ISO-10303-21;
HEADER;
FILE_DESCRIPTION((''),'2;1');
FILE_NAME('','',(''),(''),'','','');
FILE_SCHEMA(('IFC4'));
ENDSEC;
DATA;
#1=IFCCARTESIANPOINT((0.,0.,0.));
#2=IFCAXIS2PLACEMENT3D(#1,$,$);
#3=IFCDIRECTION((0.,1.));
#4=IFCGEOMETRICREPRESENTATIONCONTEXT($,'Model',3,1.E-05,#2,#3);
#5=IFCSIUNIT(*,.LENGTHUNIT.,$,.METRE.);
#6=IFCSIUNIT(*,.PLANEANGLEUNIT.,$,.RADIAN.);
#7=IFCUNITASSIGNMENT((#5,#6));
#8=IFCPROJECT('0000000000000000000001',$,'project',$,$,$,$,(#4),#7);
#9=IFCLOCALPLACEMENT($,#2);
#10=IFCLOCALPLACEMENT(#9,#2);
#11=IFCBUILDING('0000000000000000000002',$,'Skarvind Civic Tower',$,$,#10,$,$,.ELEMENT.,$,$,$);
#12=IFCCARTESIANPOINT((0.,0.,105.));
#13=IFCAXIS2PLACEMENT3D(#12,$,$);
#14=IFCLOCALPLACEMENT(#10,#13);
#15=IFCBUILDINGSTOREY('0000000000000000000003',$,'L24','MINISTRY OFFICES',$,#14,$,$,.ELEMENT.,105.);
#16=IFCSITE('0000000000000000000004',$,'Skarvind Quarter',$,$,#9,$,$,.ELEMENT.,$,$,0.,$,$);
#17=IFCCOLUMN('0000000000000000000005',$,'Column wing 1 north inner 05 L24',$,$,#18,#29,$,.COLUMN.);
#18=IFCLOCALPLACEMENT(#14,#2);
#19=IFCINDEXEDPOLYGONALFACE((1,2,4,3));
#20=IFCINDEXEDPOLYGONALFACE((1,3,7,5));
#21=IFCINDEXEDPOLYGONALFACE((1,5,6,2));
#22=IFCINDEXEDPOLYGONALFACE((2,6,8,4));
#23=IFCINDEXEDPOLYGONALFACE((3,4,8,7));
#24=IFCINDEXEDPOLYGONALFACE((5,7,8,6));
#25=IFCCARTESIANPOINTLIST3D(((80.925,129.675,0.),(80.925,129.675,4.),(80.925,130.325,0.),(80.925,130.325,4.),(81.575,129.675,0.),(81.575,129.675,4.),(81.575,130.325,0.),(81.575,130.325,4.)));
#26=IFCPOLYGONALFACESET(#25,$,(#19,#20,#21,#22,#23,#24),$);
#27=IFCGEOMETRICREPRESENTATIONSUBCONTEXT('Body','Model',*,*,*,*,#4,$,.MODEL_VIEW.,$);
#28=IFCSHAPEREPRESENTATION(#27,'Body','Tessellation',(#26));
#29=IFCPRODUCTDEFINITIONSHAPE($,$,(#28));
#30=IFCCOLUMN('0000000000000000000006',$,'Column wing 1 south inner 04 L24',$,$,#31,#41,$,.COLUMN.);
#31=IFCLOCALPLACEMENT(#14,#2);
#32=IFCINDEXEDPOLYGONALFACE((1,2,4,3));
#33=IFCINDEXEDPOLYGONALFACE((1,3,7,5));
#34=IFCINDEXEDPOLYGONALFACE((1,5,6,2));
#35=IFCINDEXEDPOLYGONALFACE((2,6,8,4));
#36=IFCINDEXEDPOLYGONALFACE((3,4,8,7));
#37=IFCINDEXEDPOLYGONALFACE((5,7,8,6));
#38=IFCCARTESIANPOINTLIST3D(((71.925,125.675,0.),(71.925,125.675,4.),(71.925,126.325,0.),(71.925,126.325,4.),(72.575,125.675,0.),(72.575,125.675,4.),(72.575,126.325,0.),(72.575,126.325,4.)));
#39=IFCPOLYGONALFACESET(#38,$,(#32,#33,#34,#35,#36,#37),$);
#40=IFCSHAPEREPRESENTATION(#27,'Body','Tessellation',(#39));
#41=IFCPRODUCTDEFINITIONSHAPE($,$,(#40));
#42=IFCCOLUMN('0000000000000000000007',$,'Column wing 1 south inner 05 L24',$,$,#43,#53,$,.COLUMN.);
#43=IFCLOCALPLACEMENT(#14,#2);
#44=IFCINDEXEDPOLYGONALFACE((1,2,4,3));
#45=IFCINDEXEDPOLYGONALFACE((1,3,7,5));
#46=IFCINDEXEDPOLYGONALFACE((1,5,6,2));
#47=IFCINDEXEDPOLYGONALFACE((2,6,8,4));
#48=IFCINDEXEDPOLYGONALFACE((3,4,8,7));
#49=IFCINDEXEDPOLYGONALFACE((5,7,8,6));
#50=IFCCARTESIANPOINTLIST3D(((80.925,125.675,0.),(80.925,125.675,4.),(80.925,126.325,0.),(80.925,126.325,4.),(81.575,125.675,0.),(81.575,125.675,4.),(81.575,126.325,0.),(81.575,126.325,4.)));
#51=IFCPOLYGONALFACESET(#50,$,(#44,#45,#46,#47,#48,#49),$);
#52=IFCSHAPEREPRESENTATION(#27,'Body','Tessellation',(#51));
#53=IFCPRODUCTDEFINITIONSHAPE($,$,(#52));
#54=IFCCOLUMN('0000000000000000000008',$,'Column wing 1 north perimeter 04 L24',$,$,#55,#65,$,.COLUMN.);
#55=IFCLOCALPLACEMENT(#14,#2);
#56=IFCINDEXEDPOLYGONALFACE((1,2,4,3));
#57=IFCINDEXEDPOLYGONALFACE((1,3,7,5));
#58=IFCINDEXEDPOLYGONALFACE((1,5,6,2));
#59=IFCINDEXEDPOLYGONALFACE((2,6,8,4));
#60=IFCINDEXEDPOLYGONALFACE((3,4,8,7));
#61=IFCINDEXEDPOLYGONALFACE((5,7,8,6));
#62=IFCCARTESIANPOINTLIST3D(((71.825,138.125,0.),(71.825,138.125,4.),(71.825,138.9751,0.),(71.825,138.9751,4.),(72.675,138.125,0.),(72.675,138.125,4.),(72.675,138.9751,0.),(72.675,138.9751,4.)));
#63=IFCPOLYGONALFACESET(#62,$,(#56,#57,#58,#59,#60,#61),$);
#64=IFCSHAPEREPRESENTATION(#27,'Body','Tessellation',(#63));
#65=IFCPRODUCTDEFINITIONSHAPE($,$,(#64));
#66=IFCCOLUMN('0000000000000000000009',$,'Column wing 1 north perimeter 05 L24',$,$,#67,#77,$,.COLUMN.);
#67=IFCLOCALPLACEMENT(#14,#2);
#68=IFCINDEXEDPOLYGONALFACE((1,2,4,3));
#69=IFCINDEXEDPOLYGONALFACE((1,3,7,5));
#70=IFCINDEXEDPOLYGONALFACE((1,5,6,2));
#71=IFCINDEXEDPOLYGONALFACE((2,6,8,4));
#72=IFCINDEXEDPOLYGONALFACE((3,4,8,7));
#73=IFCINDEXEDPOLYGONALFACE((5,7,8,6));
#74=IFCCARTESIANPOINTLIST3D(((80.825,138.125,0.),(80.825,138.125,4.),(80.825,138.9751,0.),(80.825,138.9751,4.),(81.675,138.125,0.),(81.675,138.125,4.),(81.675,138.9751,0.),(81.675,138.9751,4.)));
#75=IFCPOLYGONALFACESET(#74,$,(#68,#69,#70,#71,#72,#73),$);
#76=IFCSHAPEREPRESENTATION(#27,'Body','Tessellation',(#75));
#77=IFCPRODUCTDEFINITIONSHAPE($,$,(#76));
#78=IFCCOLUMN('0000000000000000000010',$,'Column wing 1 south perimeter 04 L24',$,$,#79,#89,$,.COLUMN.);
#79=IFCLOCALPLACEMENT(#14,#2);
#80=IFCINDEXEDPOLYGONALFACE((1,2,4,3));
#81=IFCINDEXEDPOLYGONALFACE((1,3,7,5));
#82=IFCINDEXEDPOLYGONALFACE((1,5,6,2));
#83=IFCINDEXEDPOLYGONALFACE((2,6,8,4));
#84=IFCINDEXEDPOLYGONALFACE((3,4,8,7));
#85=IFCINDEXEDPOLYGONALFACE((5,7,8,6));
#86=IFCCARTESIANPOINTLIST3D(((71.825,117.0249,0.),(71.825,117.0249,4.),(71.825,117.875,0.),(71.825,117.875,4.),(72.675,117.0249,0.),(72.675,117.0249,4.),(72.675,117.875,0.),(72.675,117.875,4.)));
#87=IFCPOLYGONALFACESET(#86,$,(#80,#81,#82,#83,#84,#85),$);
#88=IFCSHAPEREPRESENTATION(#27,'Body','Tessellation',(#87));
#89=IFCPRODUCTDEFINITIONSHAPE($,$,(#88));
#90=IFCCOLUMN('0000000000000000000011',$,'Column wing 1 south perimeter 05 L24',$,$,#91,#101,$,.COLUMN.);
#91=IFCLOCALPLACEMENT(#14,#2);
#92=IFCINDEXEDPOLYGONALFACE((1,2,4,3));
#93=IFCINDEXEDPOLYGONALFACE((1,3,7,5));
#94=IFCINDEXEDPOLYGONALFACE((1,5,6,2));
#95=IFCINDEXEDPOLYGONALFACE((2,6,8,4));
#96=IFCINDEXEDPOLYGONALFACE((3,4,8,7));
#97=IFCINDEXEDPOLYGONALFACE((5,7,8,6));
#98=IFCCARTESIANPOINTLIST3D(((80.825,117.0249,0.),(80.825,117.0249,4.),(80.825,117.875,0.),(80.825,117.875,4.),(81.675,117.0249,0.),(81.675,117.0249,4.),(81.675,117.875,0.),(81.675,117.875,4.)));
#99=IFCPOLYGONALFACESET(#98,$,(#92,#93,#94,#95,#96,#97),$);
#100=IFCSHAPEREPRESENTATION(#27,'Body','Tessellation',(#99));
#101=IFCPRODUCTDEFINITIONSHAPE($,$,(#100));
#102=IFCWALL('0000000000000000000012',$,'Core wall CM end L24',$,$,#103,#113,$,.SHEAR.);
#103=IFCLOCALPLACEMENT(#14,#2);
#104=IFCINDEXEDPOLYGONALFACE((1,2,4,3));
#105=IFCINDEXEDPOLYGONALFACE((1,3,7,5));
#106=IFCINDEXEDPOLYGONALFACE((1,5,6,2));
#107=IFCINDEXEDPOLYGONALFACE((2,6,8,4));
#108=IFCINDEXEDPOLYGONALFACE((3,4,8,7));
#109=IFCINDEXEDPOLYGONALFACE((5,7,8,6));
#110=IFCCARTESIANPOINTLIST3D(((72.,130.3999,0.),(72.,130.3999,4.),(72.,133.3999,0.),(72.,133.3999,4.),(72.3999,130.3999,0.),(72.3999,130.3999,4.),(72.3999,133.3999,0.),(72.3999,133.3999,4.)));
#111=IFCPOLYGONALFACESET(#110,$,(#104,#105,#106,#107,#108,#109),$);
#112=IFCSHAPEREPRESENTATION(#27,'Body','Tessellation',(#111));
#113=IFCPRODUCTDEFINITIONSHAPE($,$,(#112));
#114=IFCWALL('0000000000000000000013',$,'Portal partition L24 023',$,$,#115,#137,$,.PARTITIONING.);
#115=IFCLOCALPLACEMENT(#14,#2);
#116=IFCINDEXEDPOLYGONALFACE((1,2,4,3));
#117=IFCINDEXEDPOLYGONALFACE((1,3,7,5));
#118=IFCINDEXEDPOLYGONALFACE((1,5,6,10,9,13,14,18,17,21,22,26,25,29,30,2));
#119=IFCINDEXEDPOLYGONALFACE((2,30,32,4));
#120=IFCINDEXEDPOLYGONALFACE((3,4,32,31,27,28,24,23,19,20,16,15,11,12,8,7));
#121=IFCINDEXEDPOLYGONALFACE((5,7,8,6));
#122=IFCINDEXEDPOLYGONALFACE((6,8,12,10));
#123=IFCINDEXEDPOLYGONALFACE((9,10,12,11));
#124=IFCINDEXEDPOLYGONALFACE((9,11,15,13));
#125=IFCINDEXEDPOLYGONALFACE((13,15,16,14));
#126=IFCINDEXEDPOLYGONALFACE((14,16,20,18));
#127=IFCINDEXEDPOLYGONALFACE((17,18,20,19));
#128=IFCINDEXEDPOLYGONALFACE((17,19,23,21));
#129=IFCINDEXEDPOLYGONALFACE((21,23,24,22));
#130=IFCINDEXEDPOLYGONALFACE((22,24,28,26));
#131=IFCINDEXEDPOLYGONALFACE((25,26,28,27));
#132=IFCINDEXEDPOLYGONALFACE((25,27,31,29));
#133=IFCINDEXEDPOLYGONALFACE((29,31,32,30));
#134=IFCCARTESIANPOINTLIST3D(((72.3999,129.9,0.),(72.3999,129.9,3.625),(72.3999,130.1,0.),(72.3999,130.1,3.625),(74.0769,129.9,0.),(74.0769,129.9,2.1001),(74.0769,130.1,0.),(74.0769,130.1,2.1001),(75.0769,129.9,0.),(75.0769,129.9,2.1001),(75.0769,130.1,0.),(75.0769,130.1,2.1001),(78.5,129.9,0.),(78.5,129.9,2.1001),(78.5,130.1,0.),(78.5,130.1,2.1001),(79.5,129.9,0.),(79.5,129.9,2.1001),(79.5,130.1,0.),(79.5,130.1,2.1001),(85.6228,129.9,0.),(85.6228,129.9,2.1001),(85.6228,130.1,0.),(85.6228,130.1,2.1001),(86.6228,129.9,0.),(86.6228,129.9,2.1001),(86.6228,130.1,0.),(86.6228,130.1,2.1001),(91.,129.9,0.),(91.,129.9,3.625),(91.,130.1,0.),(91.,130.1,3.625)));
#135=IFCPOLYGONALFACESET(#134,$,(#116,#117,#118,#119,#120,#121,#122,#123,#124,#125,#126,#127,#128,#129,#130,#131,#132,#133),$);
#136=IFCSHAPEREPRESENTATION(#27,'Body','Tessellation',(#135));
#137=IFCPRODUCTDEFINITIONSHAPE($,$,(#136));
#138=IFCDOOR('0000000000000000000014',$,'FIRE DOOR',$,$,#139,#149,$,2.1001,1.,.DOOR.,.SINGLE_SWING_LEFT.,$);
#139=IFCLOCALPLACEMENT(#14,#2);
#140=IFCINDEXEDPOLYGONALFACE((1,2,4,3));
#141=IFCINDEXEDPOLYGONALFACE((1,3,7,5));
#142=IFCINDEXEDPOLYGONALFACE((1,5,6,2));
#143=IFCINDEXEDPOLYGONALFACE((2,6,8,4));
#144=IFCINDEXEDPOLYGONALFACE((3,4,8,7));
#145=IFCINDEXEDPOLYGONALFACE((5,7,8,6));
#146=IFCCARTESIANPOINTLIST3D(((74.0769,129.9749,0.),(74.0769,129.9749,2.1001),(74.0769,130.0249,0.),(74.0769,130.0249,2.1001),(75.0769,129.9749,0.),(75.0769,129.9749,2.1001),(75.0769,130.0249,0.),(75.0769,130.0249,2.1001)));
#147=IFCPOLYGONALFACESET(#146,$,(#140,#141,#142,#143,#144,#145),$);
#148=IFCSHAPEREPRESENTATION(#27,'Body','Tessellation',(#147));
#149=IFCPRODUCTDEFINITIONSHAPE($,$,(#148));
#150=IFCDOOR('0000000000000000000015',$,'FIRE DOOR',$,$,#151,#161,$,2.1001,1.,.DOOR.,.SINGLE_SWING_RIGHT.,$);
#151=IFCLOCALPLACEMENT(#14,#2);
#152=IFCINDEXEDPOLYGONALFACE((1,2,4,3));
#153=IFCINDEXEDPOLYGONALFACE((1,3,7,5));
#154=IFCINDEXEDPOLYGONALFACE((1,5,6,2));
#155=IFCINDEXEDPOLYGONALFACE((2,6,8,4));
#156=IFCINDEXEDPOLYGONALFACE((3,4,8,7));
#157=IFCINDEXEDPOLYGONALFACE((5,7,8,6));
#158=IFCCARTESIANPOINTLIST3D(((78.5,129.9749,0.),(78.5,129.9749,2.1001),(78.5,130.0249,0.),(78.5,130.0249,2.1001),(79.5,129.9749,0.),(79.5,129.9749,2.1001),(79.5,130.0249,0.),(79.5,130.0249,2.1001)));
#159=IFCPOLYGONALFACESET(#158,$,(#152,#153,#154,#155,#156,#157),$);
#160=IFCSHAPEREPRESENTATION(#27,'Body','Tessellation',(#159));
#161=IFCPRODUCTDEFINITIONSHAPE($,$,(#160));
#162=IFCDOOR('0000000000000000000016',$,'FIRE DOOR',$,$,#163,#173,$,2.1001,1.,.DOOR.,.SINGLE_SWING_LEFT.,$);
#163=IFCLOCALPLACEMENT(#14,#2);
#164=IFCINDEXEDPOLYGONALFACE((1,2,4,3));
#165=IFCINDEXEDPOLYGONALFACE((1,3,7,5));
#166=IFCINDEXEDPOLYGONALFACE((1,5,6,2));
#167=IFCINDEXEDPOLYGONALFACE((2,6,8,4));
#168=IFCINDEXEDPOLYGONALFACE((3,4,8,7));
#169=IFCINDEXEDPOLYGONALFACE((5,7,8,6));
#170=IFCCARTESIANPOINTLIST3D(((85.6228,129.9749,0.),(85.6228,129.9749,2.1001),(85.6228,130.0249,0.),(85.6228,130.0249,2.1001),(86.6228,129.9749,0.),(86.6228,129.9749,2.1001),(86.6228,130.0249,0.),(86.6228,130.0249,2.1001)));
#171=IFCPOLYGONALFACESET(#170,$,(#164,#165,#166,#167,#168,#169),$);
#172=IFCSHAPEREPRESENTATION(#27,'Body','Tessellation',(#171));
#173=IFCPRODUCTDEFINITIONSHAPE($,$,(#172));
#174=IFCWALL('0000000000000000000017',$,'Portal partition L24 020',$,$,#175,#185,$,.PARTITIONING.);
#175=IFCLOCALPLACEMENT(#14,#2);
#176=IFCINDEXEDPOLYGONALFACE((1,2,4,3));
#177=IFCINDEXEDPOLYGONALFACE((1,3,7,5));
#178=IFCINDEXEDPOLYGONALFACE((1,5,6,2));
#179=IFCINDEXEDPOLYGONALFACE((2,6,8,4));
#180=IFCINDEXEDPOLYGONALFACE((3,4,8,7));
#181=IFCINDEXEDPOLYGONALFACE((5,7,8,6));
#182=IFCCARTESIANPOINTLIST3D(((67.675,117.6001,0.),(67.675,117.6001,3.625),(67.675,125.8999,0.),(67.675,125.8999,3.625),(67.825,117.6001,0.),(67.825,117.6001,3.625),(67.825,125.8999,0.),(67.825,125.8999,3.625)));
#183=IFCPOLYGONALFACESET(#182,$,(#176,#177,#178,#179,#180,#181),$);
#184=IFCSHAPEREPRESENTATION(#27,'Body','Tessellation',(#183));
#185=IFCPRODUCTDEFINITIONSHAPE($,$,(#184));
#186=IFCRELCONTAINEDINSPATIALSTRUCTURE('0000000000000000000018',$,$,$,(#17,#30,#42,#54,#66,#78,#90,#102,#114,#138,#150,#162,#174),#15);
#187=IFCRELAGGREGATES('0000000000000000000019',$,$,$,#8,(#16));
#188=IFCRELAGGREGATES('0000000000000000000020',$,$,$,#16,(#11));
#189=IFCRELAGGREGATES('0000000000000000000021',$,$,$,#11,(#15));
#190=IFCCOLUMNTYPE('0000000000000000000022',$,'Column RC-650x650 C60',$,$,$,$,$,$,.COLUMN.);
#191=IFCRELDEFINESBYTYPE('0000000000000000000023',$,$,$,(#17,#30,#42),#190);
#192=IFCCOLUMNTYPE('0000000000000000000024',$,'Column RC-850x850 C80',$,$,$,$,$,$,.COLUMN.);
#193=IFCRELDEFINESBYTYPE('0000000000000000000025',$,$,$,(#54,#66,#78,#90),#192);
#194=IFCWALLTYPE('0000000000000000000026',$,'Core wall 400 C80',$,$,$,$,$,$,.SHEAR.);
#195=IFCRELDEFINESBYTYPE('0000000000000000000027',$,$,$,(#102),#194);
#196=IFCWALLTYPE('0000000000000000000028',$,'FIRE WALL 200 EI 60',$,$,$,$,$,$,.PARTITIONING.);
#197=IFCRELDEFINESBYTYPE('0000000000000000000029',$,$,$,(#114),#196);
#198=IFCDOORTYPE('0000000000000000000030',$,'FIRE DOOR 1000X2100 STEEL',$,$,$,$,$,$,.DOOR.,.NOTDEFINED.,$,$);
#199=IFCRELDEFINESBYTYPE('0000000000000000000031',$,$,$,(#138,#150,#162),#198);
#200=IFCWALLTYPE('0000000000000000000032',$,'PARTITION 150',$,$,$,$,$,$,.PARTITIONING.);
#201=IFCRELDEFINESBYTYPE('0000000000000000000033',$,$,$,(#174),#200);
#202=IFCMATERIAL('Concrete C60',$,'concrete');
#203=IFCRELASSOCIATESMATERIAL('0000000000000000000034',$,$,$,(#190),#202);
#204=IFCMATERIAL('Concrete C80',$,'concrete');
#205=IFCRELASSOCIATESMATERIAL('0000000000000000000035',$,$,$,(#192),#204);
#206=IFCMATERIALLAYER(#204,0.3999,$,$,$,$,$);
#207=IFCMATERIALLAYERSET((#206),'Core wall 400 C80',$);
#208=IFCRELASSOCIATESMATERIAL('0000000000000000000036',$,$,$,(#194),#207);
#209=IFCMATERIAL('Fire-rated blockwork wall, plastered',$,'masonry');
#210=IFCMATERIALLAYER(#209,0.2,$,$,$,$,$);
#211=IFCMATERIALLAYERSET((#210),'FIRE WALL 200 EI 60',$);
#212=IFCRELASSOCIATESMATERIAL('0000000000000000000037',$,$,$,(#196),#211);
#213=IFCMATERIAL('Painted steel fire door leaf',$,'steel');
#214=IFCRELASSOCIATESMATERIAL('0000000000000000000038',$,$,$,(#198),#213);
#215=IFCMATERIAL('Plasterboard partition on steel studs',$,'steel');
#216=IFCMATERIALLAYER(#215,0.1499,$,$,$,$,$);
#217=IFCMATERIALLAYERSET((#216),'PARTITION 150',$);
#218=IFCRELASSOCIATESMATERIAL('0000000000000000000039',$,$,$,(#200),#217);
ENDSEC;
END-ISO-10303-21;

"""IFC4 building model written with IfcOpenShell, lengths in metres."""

from ifc_helpers import new_model, si_unit, direction, frame, frame_2d, origin, origin_2d, place, context, subcontext, project, spatial, rectangle, extrude, material, layer, layer_set, material_profile, profile_set, type_object, element, fill, save


model = new_model("IFC4")

# Units and contexts
model_context = context("Model", 3, precision=1e-05, world=origin(), true_north=direction((0.0, 1.0)))
body_context = subcontext(model_context, "Body", "Model", "MODEL_VIEW")
ifc_project = project(units=[si_unit("LENGTHUNIT", "METRE"), si_unit("PLANEANGLEUNIT", "RADIAN")], contexts=[model_context])

# Site, building, storey
site_placement = place(None, origin())
site = spatial("IfcSite", under=ifc_project, at=site_placement, Name="Skarvind Quarter", CompositionType="ELEMENT", RefElevation=0.0)
building_placement = place(site_placement, origin())
building = spatial("IfcBuilding", under=site, at=building_placement, Name="Skarvind Civic Tower", CompositionType="ELEMENT")
storey_placement = place(building_placement, frame((0.0, 0.0, 105.0)))
storey = spatial("IfcBuildingStorey", under=building, at=storey_placement, Name="L24", Description="MINISTRY OFFICES", CompositionType="ELEMENT", Elevation=105.0)

# Columns
ifc_material_1 = material(Name="Concrete C60", Category="concrete")
ifc_material_profile_1 = material_profile(ifc_material_1, rectangle(XDim=0.6499, YDim=0.6499, at=origin_2d()), Name="RC-650x650")
ifc_profile_set_1 = profile_set([ifc_material_profile_1], Name="Concrete C60")
column_type_1 = type_object("IfcColumnType", Name="Column RC-650x650 C60", PredefinedType="COLUMN", material=ifc_profile_set_1)
for number, where, z_axis, x_axis, name in (
    (1, (81.25, 130.0, 0.0), (0.0, 0.0, 1.0), (1.0, 0.0, 0.0), "Column wing 1 north inner 05 L24"),
    (2, (72.25, 126.0, 0.0), (0.0, 0.0, 1.0), (1.0, 0.0, 0.0), "Column wing 1 south inner 04 L24"),
    (3, (81.25, 126.0, 0.0), (0.0, 0.0, 1.0), (1.0, 0.0, 0.0), "Column wing 1 south inner 05 L24"),
):
    element("IfcColumn", number, at=place(storey_placement, frame(where, z_axis=z_axis, x_axis=x_axis)), inside=storey, type_object=column_type_1, Name=name, PredefinedType="COLUMN", context=body_context, shape_type="SweptSolid", body=[
        extrude(rectangle(XDim=0.6499, YDim=0.6499, at=origin_2d()), origin(), (0.0, 0.0, 1.0), 4.0),
    ])
ifc_material_2 = material(Name="Concrete C80", Category="concrete")
ifc_material_profile_2 = material_profile(ifc_material_2, rectangle(XDim=0.8501, YDim=0.8501, at=origin_2d()), Name="RC-850x850")
ifc_profile_set_2 = profile_set([ifc_material_profile_2], Name="Concrete C80")
column_type_2 = type_object("IfcColumnType", Name="Column RC-850x850 C80", PredefinedType="COLUMN", material=ifc_profile_set_2)
for number, where, z_axis, x_axis, name in (
    (4, (72.25, 138.55, 0.0), (0.0, 0.0, 1.0), (1.0, 0.0, 0.0), "Column wing 1 north perimeter 04 L24"),
    (5, (81.25, 138.55, 0.0), (0.0, 0.0, 1.0), (1.0, 0.0, 0.0), "Column wing 1 north perimeter 05 L24"),
    (6, (72.25, 117.45, 0.0), (0.0, 0.0, 1.0), (1.0, 0.0, 0.0), "Column wing 1 south perimeter 04 L24"),
    (7, (81.25, 117.45, 0.0), (0.0, 0.0, 1.0), (1.0, 0.0, 0.0), "Column wing 1 south perimeter 05 L24"),
):
    element("IfcColumn", number, at=place(storey_placement, frame(where, z_axis=z_axis, x_axis=x_axis)), inside=storey, type_object=column_type_2, Name=name, PredefinedType="COLUMN", context=body_context, shape_type="SweptSolid", body=[
        extrude(rectangle(XDim=0.8501, YDim=0.8501, at=origin_2d()), origin(), (0.0, 0.0, 1.0), 4.0),
    ])

# Wall
ifc_layer_1 = layer(ifc_material_2, 0.3999)
ifc_layer_set_1 = layer_set([ifc_layer_1], Name="Core wall 400 C80")
wall_type_1 = type_object("IfcWallType", Name="Core wall 400 C80", PredefinedType="SHEAR", material=ifc_layer_set_1)
wall_1_placement = place(storey_placement, frame((72.2, 130.3999, 0.0), z_axis=(0.0, 0.0, 1.0), x_axis=(0.0, 1.0, 0.0)))
element("IfcWall", 8, at=wall_1_placement, inside=storey, type_object=wall_type_1, Name="Core wall CM end L24", PredefinedType="SHEAR", context=body_context, shape_type="SweptSolid", body=[
    extrude(rectangle(XDim=3.0, YDim=0.3999, at=frame_2d((1.5, 0.0))), origin(), (0.0, 0.0, 1.0), 4.0),
])

# Wall, openings, doors
ifc_material_3 = material(Name="Fire-rated blockwork wall, plastered", Category="masonry")
ifc_layer_2 = layer(ifc_material_3, 0.2)
ifc_layer_set_2 = layer_set([ifc_layer_2], Name="FIRE WALL 200 EI 60")
wall_type_2 = type_object("IfcWallType", Name="FIRE WALL 200 EI 60", PredefinedType="PARTITIONING", material=ifc_layer_set_2)
wall_2_placement = place(storey_placement, frame((72.3999, 130.0, 0.0), z_axis=(0.0, 0.0, 1.0), x_axis=(1.0, 0.0, 0.0)))
wall_2 = element("IfcWall", 9, at=wall_2_placement, inside=storey, type_object=wall_type_2, Name="Portal partition L24 023", PredefinedType="PARTITIONING", context=body_context, shape_type="SweptSolid", body=[
    extrude(rectangle(XDim=18.6001, YDim=0.2, at=frame_2d((9.3, 0.0))), origin(), (0.0, 0.0, 1.0), 3.625),
])
opening_1_placement = place(wall_2_placement, frame((1.677, 0.0, 0.0)))
opening_1 = element("IfcOpeningElement", 10, at=opening_1_placement, cuts=wall_2, PredefinedType="OPENING", context=body_context, shape_type="SweptSolid", body=[
    extrude(rectangle(XDim=1.0, YDim=2.1001, at=frame_2d((0.5, 1.05))), frame((0.0, 0.1099, 0.0), z_axis=(0.0, -1.0, 0.0), x_axis=(1.0, 0.0, 0.0)), (0.0, 0.0, 1.0), 0.22),
])
opening_2_placement = place(wall_2_placement, frame((6.1001, 0.0, 0.0)))
opening_2 = element("IfcOpeningElement", 11, at=opening_2_placement, cuts=wall_2, PredefinedType="OPENING", context=body_context, shape_type="SweptSolid", body=[
    extrude(rectangle(XDim=1.0, YDim=2.1001, at=frame_2d((0.5, 1.05))), frame((0.0, 0.1099, 0.0), z_axis=(0.0, -1.0, 0.0), x_axis=(1.0, 0.0, 0.0)), (0.0, 0.0, 1.0), 0.22),
])
opening_3_placement = place(wall_2_placement, frame((13.2229, 0.0, 0.0)))
opening_3 = element("IfcOpeningElement", 12, at=opening_3_placement, cuts=wall_2, PredefinedType="OPENING", context=body_context, shape_type="SweptSolid", body=[
    extrude(rectangle(XDim=1.0, YDim=2.1001, at=frame_2d((0.5, 1.05))), frame((0.0, 0.1099, 0.0), z_axis=(0.0, -1.0, 0.0), x_axis=(1.0, 0.0, 0.0)), (0.0, 0.0, 1.0), 0.22),
])
ifc_material_4 = material(Name="Painted steel fire door leaf", Category="steel")
door_type = type_object("IfcDoorType", Name="FIRE DOOR 1000X2100 STEEL", OperationType="NOTDEFINED", PredefinedType="DOOR", material=ifc_material_4)
door_1_placement = place(opening_1_placement, origin())
door_1 = element("IfcDoor", 13, at=door_1_placement, inside=storey, type_object=door_type, Name="FIRE DOOR", OperationType="SINGLE_SWING_LEFT", OverallHeight=2.1001, OverallWidth=1.0, PredefinedType="DOOR", context=body_context, shape_type="SweptSolid", body=[
    extrude(rectangle(XDim=1.0, YDim=2.1001, at=frame_2d((0.5, 1.05))), frame((0.0, 0.0249, 0.0), z_axis=(0.0, -1.0, 0.0), x_axis=(1.0, 0.0, 0.0)), (0.0, 0.0, 1.0), 0.05),
])
fill(opening_1, door_1)
door_2_placement = place(opening_2_placement, origin())
door_2 = element("IfcDoor", 14, at=door_2_placement, inside=storey, type_object=door_type, Name="FIRE DOOR", OperationType="SINGLE_SWING_RIGHT", OverallHeight=2.1001, OverallWidth=1.0, PredefinedType="DOOR", context=body_context, shape_type="SweptSolid", body=[
    extrude(rectangle(XDim=1.0, YDim=2.1001, at=frame_2d((0.5, 1.05))), frame((0.0, 0.0249, 0.0), z_axis=(0.0, -1.0, 0.0), x_axis=(1.0, 0.0, 0.0)), (0.0, 0.0, 1.0), 0.05),
])
fill(opening_2, door_2)
door_3_placement = place(opening_3_placement, origin())
door_3 = element("IfcDoor", 15, at=door_3_placement, inside=storey, type_object=door_type, Name="FIRE DOOR", OperationType="SINGLE_SWING_LEFT", OverallHeight=2.1001, OverallWidth=1.0, PredefinedType="DOOR", context=body_context, shape_type="SweptSolid", body=[
    extrude(rectangle(XDim=1.0, YDim=2.1001, at=frame_2d((0.5, 1.05))), frame((0.0, 0.0249, 0.0), z_axis=(0.0, -1.0, 0.0), x_axis=(1.0, 0.0, 0.0)), (0.0, 0.0, 1.0), 0.05),
])
fill(opening_3, door_3)

# Wall
ifc_material_5 = material(Name="Plasterboard partition on steel studs", Category="steel")
ifc_layer_3 = layer(ifc_material_5, 0.1499)
ifc_layer_set_3 = layer_set([ifc_layer_3], Name="PARTITION 150")
wall_type_3 = type_object("IfcWallType", Name="PARTITION 150", PredefinedType="PARTITIONING", material=ifc_layer_set_3)
wall_3_placement = place(storey_placement, frame((67.75, 117.6001, 0.0), z_axis=(0.0, 0.0, 1.0), x_axis=(0.0, 1.0, 0.0)))
element("IfcWall", 16, at=wall_3_placement, inside=storey, type_object=wall_type_3, Name="Portal partition L24 020", PredefinedType="PARTITIONING", context=body_context, shape_type="SweptSolid", body=[
    extrude(rectangle(XDim=8.2998, YDim=0.1499, at=frame_2d((4.1499, 0.0))), origin(), (0.0, 0.0, 1.0), 3.625),
])

save(model, "model.ifc")
